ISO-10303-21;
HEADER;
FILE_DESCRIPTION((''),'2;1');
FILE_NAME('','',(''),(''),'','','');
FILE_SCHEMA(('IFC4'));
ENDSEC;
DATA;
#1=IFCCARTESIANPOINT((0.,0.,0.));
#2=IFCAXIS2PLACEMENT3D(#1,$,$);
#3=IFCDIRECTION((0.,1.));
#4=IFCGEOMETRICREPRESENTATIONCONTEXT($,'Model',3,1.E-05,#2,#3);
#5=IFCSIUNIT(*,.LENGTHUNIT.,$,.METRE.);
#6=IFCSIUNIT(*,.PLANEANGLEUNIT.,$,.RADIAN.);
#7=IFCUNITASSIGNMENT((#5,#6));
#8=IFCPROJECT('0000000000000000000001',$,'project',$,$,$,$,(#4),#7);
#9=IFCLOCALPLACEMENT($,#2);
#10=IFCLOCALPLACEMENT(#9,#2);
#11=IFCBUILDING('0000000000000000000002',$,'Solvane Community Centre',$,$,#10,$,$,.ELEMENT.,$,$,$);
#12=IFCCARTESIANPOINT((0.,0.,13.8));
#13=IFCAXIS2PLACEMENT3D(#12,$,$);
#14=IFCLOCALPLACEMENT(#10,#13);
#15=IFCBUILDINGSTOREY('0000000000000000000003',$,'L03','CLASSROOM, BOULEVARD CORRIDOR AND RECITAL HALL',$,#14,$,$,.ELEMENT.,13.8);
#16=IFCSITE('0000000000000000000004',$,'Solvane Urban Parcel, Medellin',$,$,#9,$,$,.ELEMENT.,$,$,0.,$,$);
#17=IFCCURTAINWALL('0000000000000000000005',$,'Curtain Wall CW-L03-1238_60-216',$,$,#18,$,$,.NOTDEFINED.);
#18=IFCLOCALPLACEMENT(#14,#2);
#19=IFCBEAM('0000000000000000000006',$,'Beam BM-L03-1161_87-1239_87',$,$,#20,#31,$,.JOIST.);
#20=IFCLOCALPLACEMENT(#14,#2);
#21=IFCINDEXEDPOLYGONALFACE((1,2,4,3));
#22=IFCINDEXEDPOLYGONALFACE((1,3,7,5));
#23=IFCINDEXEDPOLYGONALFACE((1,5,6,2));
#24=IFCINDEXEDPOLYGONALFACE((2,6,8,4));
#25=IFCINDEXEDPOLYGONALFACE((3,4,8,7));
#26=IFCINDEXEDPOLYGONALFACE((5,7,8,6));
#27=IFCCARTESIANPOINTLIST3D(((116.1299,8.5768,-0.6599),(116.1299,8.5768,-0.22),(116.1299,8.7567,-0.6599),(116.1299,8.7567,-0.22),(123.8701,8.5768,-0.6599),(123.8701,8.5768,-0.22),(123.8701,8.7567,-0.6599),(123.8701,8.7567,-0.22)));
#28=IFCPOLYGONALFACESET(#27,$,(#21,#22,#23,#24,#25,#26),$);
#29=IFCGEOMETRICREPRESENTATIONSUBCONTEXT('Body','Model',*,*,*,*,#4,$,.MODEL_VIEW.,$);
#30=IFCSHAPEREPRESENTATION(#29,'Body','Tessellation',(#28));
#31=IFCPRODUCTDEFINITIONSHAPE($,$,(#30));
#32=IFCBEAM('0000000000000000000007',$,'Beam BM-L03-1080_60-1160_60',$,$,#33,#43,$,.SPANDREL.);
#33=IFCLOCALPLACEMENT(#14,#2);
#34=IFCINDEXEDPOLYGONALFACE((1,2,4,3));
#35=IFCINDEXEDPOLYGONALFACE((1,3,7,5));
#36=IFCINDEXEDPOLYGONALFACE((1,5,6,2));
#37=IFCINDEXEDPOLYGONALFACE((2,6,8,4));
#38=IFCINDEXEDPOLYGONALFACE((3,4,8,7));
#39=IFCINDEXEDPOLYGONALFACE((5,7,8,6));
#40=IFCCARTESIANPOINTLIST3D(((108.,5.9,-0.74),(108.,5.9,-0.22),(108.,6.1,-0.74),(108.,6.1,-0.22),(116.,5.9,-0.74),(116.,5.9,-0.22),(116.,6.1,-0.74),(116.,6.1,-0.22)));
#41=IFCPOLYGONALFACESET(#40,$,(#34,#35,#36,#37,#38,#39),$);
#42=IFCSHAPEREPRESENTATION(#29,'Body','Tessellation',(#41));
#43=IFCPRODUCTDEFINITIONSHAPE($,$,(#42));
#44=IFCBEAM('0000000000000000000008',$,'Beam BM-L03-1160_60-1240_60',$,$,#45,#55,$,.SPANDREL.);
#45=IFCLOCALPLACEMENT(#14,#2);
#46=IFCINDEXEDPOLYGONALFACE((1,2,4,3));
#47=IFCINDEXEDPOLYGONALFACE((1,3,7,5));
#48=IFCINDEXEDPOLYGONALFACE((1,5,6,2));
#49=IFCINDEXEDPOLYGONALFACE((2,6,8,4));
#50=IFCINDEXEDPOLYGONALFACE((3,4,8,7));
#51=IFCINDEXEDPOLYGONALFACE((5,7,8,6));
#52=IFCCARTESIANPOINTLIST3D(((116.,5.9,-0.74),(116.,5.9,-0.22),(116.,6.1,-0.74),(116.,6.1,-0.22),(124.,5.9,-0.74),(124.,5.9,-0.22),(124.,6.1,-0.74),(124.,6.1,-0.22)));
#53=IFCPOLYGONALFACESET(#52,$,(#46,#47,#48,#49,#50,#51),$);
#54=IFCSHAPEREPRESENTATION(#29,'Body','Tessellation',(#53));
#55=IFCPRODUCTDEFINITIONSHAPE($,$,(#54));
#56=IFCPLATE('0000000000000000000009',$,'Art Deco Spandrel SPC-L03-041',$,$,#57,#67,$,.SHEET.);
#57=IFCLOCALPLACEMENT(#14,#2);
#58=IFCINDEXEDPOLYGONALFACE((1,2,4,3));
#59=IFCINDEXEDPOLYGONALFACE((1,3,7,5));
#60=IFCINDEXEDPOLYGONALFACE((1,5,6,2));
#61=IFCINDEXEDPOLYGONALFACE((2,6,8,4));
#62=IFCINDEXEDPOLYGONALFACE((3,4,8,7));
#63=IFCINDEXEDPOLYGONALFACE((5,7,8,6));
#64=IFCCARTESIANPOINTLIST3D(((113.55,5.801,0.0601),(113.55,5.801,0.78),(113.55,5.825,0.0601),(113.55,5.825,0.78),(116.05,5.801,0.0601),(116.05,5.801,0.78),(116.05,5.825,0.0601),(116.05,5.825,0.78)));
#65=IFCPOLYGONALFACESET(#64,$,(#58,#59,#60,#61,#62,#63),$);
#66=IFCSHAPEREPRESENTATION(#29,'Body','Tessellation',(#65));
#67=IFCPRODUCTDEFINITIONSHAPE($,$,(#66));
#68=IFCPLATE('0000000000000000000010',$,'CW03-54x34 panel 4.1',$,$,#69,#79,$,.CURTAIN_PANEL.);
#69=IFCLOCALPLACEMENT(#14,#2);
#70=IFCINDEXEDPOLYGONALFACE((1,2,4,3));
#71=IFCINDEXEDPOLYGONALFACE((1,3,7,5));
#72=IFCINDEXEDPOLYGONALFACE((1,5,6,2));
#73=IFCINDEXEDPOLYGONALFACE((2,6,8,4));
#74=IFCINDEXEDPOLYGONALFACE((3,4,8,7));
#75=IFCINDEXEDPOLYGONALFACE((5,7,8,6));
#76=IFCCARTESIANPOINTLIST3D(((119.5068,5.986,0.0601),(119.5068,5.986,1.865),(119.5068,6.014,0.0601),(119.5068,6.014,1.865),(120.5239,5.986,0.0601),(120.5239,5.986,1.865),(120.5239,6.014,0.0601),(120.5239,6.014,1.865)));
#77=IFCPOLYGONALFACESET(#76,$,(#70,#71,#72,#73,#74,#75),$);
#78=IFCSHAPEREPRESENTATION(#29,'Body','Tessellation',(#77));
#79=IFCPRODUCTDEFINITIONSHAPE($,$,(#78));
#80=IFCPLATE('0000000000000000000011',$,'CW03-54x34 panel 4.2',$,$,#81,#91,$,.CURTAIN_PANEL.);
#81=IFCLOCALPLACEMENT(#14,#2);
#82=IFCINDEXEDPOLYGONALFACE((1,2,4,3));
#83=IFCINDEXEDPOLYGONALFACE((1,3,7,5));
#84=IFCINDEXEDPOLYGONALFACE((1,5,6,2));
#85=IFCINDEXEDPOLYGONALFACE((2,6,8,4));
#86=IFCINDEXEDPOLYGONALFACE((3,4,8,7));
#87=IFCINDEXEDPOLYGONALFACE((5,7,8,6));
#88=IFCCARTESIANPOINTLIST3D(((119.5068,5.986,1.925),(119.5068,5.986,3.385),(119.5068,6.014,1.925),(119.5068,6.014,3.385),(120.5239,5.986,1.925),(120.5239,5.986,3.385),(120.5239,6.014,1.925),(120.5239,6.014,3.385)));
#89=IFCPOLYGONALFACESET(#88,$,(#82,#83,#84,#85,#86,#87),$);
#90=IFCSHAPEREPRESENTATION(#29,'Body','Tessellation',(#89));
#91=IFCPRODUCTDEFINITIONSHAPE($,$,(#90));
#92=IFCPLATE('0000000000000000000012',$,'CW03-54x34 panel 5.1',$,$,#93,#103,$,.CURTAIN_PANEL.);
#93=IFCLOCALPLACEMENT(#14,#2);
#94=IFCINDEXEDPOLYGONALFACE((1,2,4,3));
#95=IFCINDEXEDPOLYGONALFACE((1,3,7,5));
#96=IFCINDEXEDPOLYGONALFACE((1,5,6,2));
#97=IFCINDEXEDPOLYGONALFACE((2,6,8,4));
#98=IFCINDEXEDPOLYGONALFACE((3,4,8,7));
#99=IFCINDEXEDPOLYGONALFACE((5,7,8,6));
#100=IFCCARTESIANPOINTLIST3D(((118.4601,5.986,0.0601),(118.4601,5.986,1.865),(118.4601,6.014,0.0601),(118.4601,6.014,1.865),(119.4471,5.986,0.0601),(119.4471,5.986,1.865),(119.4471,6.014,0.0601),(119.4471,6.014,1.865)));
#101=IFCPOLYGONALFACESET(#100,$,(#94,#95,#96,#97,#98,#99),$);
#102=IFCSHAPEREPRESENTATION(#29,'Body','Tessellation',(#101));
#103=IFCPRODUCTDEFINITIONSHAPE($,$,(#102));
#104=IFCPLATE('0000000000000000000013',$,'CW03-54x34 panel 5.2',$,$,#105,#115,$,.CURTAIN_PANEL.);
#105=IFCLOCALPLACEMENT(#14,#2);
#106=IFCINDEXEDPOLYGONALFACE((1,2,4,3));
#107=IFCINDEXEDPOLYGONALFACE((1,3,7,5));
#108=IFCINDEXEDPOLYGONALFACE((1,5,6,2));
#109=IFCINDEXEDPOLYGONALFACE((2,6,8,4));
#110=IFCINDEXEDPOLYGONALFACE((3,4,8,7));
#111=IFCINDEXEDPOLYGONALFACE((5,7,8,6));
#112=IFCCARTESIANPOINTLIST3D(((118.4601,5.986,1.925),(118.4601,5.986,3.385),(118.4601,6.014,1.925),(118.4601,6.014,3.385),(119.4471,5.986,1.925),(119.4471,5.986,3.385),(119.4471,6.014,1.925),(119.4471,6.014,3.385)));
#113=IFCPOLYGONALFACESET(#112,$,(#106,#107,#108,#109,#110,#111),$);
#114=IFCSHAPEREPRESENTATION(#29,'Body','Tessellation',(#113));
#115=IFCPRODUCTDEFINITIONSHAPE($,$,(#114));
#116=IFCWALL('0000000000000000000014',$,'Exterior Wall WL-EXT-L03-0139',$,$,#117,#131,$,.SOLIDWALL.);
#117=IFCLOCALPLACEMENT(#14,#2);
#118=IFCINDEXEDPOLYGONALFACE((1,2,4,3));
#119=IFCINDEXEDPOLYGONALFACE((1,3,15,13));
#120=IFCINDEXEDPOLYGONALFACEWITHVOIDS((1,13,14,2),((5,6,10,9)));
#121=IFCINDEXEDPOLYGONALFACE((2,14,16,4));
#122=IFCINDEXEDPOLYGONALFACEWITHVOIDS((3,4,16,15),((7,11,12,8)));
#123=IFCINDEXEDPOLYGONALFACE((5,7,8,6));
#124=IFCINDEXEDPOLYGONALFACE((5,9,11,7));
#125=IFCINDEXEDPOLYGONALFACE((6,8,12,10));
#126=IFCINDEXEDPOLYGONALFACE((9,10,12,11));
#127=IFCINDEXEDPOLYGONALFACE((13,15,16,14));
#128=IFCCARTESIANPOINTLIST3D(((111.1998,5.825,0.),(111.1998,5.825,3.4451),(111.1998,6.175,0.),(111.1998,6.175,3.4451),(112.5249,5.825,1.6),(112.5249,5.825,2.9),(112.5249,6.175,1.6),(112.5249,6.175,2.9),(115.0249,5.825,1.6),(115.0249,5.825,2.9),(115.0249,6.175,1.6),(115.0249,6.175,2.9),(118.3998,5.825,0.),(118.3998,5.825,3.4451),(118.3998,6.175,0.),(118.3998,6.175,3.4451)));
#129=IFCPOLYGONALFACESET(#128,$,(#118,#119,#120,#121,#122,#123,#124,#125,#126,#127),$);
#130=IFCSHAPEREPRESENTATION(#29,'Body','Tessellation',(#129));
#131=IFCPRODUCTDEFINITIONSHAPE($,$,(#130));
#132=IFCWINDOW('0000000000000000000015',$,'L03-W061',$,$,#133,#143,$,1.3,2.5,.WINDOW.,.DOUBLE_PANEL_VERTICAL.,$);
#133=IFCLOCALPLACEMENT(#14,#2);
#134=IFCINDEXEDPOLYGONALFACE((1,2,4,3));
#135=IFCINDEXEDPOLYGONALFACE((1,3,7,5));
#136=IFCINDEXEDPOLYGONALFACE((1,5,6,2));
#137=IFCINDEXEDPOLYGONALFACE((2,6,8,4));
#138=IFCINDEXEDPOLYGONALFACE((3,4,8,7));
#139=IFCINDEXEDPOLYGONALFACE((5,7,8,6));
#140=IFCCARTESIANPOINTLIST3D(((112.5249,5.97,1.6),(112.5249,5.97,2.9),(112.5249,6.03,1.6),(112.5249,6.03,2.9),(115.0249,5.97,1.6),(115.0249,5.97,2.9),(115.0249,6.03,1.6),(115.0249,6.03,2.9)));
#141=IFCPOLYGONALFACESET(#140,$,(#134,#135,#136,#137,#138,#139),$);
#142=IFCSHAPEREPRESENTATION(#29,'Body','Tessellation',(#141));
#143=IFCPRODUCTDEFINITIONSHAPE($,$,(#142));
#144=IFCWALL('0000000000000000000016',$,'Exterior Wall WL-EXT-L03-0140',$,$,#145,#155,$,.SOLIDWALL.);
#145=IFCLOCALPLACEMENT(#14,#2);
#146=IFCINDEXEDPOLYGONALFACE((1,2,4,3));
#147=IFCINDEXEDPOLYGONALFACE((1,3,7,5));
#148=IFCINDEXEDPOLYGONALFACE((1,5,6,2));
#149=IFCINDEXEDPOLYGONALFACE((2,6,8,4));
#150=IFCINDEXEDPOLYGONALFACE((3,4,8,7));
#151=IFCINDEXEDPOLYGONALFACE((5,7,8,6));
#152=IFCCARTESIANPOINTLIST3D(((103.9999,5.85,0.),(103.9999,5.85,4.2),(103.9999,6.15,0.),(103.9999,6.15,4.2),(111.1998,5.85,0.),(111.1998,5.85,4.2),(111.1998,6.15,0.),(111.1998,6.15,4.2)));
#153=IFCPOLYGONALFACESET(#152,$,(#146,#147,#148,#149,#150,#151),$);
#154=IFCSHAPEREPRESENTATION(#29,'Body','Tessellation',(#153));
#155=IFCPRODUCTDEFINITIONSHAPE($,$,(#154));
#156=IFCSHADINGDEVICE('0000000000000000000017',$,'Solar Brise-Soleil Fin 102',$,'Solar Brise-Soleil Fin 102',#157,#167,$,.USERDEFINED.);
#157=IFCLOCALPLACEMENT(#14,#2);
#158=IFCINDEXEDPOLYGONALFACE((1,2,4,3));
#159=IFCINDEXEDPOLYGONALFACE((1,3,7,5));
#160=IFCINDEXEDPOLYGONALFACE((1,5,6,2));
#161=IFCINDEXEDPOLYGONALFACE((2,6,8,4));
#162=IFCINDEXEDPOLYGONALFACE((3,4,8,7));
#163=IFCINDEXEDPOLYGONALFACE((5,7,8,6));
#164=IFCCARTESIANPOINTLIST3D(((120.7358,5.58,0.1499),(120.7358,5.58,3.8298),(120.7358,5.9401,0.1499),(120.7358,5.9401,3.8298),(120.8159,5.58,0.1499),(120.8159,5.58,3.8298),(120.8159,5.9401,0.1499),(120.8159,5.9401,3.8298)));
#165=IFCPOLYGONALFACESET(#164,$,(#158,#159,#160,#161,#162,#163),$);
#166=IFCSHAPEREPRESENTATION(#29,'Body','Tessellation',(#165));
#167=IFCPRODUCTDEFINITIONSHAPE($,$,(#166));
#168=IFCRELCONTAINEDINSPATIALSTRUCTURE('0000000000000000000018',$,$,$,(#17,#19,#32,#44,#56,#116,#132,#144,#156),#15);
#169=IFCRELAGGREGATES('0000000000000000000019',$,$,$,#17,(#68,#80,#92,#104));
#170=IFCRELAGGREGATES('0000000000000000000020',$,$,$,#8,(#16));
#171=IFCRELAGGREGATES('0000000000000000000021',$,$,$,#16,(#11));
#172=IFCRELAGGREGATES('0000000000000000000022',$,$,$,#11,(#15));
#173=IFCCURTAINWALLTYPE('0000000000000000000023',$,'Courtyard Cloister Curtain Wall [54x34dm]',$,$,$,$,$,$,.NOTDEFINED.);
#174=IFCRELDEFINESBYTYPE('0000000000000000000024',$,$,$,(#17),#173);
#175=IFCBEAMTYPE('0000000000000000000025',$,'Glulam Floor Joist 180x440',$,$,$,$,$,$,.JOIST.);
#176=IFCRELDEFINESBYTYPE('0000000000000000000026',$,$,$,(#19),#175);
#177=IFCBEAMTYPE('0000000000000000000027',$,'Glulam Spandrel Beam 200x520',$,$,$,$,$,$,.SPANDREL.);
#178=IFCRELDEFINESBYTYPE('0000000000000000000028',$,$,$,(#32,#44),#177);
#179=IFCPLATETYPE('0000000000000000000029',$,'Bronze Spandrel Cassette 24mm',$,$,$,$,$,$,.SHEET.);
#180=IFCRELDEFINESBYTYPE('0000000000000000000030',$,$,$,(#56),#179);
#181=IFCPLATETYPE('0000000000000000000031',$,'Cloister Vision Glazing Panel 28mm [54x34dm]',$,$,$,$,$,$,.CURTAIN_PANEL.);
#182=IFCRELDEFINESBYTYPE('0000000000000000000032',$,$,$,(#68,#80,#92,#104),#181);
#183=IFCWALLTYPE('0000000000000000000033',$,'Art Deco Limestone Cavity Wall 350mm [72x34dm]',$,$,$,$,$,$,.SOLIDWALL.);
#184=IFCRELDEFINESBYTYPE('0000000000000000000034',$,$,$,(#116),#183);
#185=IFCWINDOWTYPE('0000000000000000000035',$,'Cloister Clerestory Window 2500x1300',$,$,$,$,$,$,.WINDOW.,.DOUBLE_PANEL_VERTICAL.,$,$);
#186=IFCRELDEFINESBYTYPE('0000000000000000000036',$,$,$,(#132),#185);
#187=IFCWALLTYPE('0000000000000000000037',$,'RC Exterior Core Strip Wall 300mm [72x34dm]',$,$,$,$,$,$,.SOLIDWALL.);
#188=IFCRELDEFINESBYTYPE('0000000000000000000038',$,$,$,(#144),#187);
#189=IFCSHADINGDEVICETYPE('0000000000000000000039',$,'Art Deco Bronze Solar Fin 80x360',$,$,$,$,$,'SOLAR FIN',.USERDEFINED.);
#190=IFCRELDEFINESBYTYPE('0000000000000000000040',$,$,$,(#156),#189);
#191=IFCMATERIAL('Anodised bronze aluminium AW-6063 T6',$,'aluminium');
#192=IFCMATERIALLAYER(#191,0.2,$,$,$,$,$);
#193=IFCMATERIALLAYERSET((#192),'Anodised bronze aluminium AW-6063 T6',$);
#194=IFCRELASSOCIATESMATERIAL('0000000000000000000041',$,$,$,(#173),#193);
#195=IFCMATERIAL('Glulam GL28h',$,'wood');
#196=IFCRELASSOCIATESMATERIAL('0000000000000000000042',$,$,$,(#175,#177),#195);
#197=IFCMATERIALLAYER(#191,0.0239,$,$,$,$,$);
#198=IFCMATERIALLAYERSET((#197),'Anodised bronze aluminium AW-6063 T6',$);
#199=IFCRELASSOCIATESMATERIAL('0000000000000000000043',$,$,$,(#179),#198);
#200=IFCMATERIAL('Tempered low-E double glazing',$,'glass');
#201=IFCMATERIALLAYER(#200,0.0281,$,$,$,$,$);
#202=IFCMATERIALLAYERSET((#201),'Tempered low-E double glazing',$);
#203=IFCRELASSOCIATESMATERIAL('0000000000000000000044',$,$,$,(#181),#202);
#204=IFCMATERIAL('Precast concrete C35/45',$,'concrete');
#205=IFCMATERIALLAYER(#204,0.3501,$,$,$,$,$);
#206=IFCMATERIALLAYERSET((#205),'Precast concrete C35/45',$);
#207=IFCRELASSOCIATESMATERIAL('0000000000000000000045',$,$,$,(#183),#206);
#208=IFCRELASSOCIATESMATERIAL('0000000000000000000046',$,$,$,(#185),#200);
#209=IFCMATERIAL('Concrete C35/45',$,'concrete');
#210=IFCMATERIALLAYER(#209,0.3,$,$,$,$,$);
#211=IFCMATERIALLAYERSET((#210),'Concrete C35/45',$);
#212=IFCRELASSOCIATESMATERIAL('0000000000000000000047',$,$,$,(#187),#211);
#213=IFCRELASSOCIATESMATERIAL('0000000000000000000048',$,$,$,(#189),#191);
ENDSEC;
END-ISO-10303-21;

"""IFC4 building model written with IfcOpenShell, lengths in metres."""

from ifc_helpers import new_model, si_unit, direction, frame, frame_2d, origin, origin_2d, place, context, subcontext, project, spatial, rectangle, extrude, material, layer, layer_set, material_profile, profile_set, type_object, element, fill, aggregate, save


model = new_model("IFC4")

# Units and contexts
model_context = context("Model", 3, precision=1e-05, world=origin(), true_north=direction((0.0, 1.0)))
body_context = subcontext(model_context, "Body", "Model", "MODEL_VIEW")
ifc_project = project(units=[si_unit("LENGTHUNIT", "METRE"), si_unit("PLANEANGLEUNIT", "RADIAN")], contexts=[model_context])

# Site, building, storey
site_placement = place(None, origin())
site = spatial("IfcSite", under=ifc_project, at=site_placement, Name="Solvane Urban Parcel, Medellin", CompositionType="ELEMENT", RefElevation=0.0)
building_placement = place(site_placement, origin())
building = spatial("IfcBuilding", under=site, at=building_placement, Name="Solvane Community Centre", CompositionType="ELEMENT")
storey_placement = place(building_placement, frame((0.0, 0.0, 13.8)))
storey = spatial("IfcBuildingStorey", under=building, at=storey_placement, Name="L03", Description="CLASSROOM, BOULEVARD CORRIDOR AND RECITAL HALL", CompositionType="ELEMENT", Elevation=13.8)

# Curtain wall
ifc_material_1 = material(Name="Anodised bronze aluminium AW-6063 T6", Category="aluminium")
ifc_layer_1 = layer(ifc_material_1, 0.2)
ifc_layer_set_1 = layer_set([ifc_layer_1], Name="Anodised bronze aluminium AW-6063 T6")
curtain_wall_type = type_object("IfcCurtainWallType", Name="Courtyard Cloister Curtain Wall [54x34dm]", PredefinedType="NOTDEFINED", material=ifc_layer_set_1)
curtain_wall_placement = place(storey_placement, origin())
curtain_wall = element("IfcCurtainWall", 1, at=curtain_wall_placement, inside=storey, type_object=curtain_wall_type, Name="Curtain Wall CW-L03-1238_60-216", PredefinedType="NOTDEFINED")

# Beams
ifc_material_2 = material(Name="Glulam GL28h", Category="wood")
ifc_material_profile_1 = material_profile(ifc_material_2, rectangle(XDim=0.1799, YDim=0.4399, at=origin_2d()), Name="GL28h 180x440")
ifc_profile_set_1 = profile_set([ifc_material_profile_1], Name="Glulam GL28h")
beam_type_1 = type_object("IfcBeamType", Name="Glulam Floor Joist 180x440", PredefinedType="JOIST", material=ifc_profile_set_1)
for number, where, z_axis, x_axis, name in (
    (2, (116.1299, 8.6667, -0.4399), (1.0, 0.0, 0.0), (0.0, 1.0, 0.0), "Beam BM-L03-1161_87-1239_87"),
):
    element("IfcBeam", number, at=place(storey_placement, frame(where, z_axis=z_axis, x_axis=x_axis)), inside=storey, type_object=beam_type_1, Name=name, PredefinedType="JOIST", context=body_context, shape_type="SweptSolid", body=[
        extrude(rectangle(XDim=0.1799, YDim=0.4399, at=origin_2d()), origin(), (0.0, 0.0, 1.0), 7.7402),
    ])
ifc_material_profile_2 = material_profile(ifc_material_2, rectangle(XDim=0.2, YDim=0.52, at=origin_2d()), Name="GL28h 200x520")
ifc_profile_set_2 = profile_set([ifc_material_profile_2], Name="Glulam GL28h")
beam_type_2 = type_object("IfcBeamType", Name="Glulam Spandrel Beam 200x520", PredefinedType="SPANDREL", material=ifc_profile_set_2)
for number, where, z_axis, x_axis, name in (
    (3, (108.0, 6.0, -0.48), (1.0, 0.0, 0.0), (0.0, 1.0, 0.0), "Beam BM-L03-1080_60-1160_60"),
    (4, (116.0, 6.0, -0.48), (1.0, 0.0, 0.0), (0.0, 1.0, 0.0), "Beam BM-L03-1160_60-1240_60"),
):
    element("IfcBeam", number, at=place(storey_placement, frame(where, z_axis=z_axis, x_axis=x_axis)), inside=storey, type_object=beam_type_2, Name=name, PredefinedType="SPANDREL", context=body_context, shape_type="SweptSolid", body=[
        extrude(rectangle(XDim=0.2, YDim=0.52, at=origin_2d()), origin(), (0.0, 0.0, 1.0), 8.0),
    ])

# Plates
ifc_layer_2 = layer(ifc_material_1, 0.0239)
ifc_layer_set_2 = layer_set([ifc_layer_2], Name="Anodised bronze aluminium AW-6063 T6")
plate_type_1 = type_object("IfcPlateType", Name="Bronze Spandrel Cassette 24mm", PredefinedType="SHEET", material=ifc_layer_set_2)
plate_1_placement = place(storey_placement, frame((114.8, 5.813, 0.0601), z_axis=(0.0, 0.0, 1.0), x_axis=(-1.0, 0.0, 0.0)))
element("IfcPlate", 5, at=plate_1_placement, inside=storey, type_object=plate_type_1, Name="Art Deco Spandrel SPC-L03-041", PredefinedType="SHEET", context=body_context, shape_type="SweptSolid", body=[
    extrude(rectangle(XDim=2.5, YDim=0.0239, at=origin_2d()), origin(), (0.0, 0.0, 1.0), 0.72),
])
ifc_material_3 = material(Name="Tempered low-E double glazing", Category="glass")
ifc_layer_3 = layer(ifc_material_3, 0.0281)
ifc_layer_set_3 = layer_set([ifc_layer_3], Name="Tempered low-E double glazing")
plate_type_2 = type_object("IfcPlateType", Name="Cloister Vision Glazing Panel 28mm [54x34dm]", PredefinedType="CURTAIN_PANEL", material=ifc_layer_set_3)
plate_2_placement = place(storey_placement, frame((120.0154, 6.0, 0.0601), z_axis=(0.0, 0.0, 1.0), x_axis=(-1.0, 0.0, 0.0)))
plate_2 = element("IfcPlate", 6, at=plate_2_placement, type_object=plate_type_2, Name="CW03-54x34 panel 4.1", PredefinedType="CURTAIN_PANEL", context=body_context, shape_type="SweptSolid", body=[
    extrude(rectangle(XDim=1.0171, YDim=0.0281, at=origin_2d()), origin(), (0.0, 0.0, 1.0), 1.8049),
])
plate_3_placement = place(storey_placement, frame((120.0154, 6.0, 1.925), z_axis=(0.0, 0.0, 1.0), x_axis=(-1.0, 0.0, 0.0)))
plate_3 = element("IfcPlate", 7, at=plate_3_placement, type_object=plate_type_2, Name="CW03-54x34 panel 4.2", PredefinedType="CURTAIN_PANEL", context=body_context, shape_type="SweptSolid", body=[
    extrude(rectangle(XDim=1.0171, YDim=0.0281, at=origin_2d()), origin(), (0.0, 0.0, 1.0), 1.46),
])
plate_4_placement = place(storey_placement, frame((118.9536, 6.0, 0.0601), z_axis=(0.0, 0.0, 1.0), x_axis=(-1.0, 0.0, 0.0)))
plate_4 = element("IfcPlate", 8, at=plate_4_placement, type_object=plate_type_2, Name="CW03-54x34 panel 5.1", PredefinedType="CURTAIN_PANEL", context=body_context, shape_type="SweptSolid", body=[
    extrude(rectangle(XDim=0.9871, YDim=0.0281, at=origin_2d()), origin(), (0.0, 0.0, 1.0), 1.8049),
])
plate_5_placement = place(storey_placement, frame((118.9536, 6.0, 1.925), z_axis=(0.0, 0.0, 1.0), x_axis=(-1.0, 0.0, 0.0)))
plate_5 = element("IfcPlate", 9, at=plate_5_placement, type_object=plate_type_2, Name="CW03-54x34 panel 5.2", PredefinedType="CURTAIN_PANEL", context=body_context, shape_type="SweptSolid", body=[
    extrude(rectangle(XDim=0.9871, YDim=0.0281, at=origin_2d()), origin(), (0.0, 0.0, 1.0), 1.46),
])
aggregate(curtain_wall, [plate_2, plate_3, plate_4, plate_5])

# Wall, opening, window
ifc_material_4 = material(Name="Precast concrete C35/45", Category="concrete")
ifc_layer_4 = layer(ifc_material_4, 0.3501)
ifc_layer_set_4 = layer_set([ifc_layer_4], Name="Precast concrete C35/45")
wall_type_1 = type_object("IfcWallType", Name="Art Deco Limestone Cavity Wall 350mm [72x34dm]", PredefinedType="SOLIDWALL", material=ifc_layer_set_4)
wall_1_placement = place(storey_placement, frame((118.3999, 6.0, 0.0), z_axis=(0.0, 0.0, 1.0), x_axis=(-1.0, 0.0, 0.0)))
wall_1 = element("IfcWall", 10, at=wall_1_placement, inside=storey, type_object=wall_type_1, Name="Exterior Wall WL-EXT-L03-0139", PredefinedType="SOLIDWALL", context=body_context, shape_type="SweptSolid", body=[
    extrude(rectangle(XDim=7.2, YDim=0.3501, at=frame_2d((3.6001, 0.0))), origin(), (0.0, 0.0, 1.0), 3.4451),
])
opening_placement = place(wall_1_placement, frame((3.375, 0.0, 1.6001)))
opening = element("IfcOpeningElement", 11, at=opening_placement, cuts=wall_1, PredefinedType="OPENING", context=body_context, shape_type="SweptSolid", body=[
    extrude(rectangle(XDim=2.5, YDim=1.3, at=frame_2d((1.25, 0.6499))), frame((0.0, 0.1851, 0.0), z_axis=(0.0, -1.0, 0.0), x_axis=(1.0, 0.0, 0.0)), (0.0, 0.0, 1.0), 0.3701),
])
window_type = type_object("IfcWindowType", Name="Cloister Clerestory Window 2500x1300", PartitioningType="DOUBLE_PANEL_VERTICAL", PredefinedType="WINDOW", material=ifc_material_3)
window_placement = place(opening_placement, origin())
window = element("IfcWindow", 12, at=window_placement, inside=storey, type_object=window_type, Name="L03-W061", OverallHeight=1.3, OverallWidth=2.5, PartitioningType="DOUBLE_PANEL_VERTICAL", PredefinedType="WINDOW", context=body_context, shape_type="SweptSolid", body=[
    extrude(rectangle(XDim=2.5, YDim=1.3, at=frame_2d((1.25, 0.6499))), frame((0.0, 0.03, 0.0), z_axis=(0.0, -1.0, 0.0), x_axis=(1.0, 0.0, 0.0)), (0.0, 0.0, 1.0), 0.0601),
])
fill(opening, window)

# Wall
ifc_material_5 = material(Name="Concrete C35/45", Category="concrete")
ifc_layer_5 = layer(ifc_material_5, 0.3)
ifc_layer_set_5 = layer_set([ifc_layer_5], Name="Concrete C35/45")
wall_type_2 = type_object("IfcWallType", Name="RC Exterior Core Strip Wall 300mm [72x34dm]", PredefinedType="SOLIDWALL", material=ifc_layer_set_5)
wall_2_placement = place(storey_placement, frame((111.2, 6.0, 0.0), z_axis=(0.0, 0.0, 1.0), x_axis=(-1.0, 0.0, 0.0)))
element("IfcWall", 13, at=wall_2_placement, inside=storey, type_object=wall_type_2, Name="Exterior Wall WL-EXT-L03-0140", PredefinedType="SOLIDWALL", context=body_context, shape_type="SweptSolid", body=[
    extrude(rectangle(XDim=7.2, YDim=0.3, at=frame_2d((3.6001, 0.0))), origin(), (0.0, 0.0, 1.0), 4.2),
])

# Shading device
shading_device_type = type_object("IfcShadingDeviceType", Name="Art Deco Bronze Solar Fin 80x360", ElementType="SOLAR FIN", PredefinedType="USERDEFINED", material=ifc_material_1)
shading_device_placement = place(storey_placement, frame((120.7759, 5.76, 0.1499), z_axis=(0.0, 0.0, 1.0), x_axis=(-1.0, 0.0, 0.0)))
element("IfcShadingDevice", 14, at=shading_device_placement, inside=storey, type_object=shading_device_type, Name="Solar Brise-Soleil Fin 102", ObjectType="Solar Brise-Soleil Fin 102", PredefinedType="USERDEFINED", context=body_context, shape_type="SweptSolid", body=[
    extrude(rectangle(XDim=0.0801, YDim=0.3601, at=origin_2d()), origin(), (0.0, 0.0, 1.0), 3.6799),
])

save(model, "model.ifc")
